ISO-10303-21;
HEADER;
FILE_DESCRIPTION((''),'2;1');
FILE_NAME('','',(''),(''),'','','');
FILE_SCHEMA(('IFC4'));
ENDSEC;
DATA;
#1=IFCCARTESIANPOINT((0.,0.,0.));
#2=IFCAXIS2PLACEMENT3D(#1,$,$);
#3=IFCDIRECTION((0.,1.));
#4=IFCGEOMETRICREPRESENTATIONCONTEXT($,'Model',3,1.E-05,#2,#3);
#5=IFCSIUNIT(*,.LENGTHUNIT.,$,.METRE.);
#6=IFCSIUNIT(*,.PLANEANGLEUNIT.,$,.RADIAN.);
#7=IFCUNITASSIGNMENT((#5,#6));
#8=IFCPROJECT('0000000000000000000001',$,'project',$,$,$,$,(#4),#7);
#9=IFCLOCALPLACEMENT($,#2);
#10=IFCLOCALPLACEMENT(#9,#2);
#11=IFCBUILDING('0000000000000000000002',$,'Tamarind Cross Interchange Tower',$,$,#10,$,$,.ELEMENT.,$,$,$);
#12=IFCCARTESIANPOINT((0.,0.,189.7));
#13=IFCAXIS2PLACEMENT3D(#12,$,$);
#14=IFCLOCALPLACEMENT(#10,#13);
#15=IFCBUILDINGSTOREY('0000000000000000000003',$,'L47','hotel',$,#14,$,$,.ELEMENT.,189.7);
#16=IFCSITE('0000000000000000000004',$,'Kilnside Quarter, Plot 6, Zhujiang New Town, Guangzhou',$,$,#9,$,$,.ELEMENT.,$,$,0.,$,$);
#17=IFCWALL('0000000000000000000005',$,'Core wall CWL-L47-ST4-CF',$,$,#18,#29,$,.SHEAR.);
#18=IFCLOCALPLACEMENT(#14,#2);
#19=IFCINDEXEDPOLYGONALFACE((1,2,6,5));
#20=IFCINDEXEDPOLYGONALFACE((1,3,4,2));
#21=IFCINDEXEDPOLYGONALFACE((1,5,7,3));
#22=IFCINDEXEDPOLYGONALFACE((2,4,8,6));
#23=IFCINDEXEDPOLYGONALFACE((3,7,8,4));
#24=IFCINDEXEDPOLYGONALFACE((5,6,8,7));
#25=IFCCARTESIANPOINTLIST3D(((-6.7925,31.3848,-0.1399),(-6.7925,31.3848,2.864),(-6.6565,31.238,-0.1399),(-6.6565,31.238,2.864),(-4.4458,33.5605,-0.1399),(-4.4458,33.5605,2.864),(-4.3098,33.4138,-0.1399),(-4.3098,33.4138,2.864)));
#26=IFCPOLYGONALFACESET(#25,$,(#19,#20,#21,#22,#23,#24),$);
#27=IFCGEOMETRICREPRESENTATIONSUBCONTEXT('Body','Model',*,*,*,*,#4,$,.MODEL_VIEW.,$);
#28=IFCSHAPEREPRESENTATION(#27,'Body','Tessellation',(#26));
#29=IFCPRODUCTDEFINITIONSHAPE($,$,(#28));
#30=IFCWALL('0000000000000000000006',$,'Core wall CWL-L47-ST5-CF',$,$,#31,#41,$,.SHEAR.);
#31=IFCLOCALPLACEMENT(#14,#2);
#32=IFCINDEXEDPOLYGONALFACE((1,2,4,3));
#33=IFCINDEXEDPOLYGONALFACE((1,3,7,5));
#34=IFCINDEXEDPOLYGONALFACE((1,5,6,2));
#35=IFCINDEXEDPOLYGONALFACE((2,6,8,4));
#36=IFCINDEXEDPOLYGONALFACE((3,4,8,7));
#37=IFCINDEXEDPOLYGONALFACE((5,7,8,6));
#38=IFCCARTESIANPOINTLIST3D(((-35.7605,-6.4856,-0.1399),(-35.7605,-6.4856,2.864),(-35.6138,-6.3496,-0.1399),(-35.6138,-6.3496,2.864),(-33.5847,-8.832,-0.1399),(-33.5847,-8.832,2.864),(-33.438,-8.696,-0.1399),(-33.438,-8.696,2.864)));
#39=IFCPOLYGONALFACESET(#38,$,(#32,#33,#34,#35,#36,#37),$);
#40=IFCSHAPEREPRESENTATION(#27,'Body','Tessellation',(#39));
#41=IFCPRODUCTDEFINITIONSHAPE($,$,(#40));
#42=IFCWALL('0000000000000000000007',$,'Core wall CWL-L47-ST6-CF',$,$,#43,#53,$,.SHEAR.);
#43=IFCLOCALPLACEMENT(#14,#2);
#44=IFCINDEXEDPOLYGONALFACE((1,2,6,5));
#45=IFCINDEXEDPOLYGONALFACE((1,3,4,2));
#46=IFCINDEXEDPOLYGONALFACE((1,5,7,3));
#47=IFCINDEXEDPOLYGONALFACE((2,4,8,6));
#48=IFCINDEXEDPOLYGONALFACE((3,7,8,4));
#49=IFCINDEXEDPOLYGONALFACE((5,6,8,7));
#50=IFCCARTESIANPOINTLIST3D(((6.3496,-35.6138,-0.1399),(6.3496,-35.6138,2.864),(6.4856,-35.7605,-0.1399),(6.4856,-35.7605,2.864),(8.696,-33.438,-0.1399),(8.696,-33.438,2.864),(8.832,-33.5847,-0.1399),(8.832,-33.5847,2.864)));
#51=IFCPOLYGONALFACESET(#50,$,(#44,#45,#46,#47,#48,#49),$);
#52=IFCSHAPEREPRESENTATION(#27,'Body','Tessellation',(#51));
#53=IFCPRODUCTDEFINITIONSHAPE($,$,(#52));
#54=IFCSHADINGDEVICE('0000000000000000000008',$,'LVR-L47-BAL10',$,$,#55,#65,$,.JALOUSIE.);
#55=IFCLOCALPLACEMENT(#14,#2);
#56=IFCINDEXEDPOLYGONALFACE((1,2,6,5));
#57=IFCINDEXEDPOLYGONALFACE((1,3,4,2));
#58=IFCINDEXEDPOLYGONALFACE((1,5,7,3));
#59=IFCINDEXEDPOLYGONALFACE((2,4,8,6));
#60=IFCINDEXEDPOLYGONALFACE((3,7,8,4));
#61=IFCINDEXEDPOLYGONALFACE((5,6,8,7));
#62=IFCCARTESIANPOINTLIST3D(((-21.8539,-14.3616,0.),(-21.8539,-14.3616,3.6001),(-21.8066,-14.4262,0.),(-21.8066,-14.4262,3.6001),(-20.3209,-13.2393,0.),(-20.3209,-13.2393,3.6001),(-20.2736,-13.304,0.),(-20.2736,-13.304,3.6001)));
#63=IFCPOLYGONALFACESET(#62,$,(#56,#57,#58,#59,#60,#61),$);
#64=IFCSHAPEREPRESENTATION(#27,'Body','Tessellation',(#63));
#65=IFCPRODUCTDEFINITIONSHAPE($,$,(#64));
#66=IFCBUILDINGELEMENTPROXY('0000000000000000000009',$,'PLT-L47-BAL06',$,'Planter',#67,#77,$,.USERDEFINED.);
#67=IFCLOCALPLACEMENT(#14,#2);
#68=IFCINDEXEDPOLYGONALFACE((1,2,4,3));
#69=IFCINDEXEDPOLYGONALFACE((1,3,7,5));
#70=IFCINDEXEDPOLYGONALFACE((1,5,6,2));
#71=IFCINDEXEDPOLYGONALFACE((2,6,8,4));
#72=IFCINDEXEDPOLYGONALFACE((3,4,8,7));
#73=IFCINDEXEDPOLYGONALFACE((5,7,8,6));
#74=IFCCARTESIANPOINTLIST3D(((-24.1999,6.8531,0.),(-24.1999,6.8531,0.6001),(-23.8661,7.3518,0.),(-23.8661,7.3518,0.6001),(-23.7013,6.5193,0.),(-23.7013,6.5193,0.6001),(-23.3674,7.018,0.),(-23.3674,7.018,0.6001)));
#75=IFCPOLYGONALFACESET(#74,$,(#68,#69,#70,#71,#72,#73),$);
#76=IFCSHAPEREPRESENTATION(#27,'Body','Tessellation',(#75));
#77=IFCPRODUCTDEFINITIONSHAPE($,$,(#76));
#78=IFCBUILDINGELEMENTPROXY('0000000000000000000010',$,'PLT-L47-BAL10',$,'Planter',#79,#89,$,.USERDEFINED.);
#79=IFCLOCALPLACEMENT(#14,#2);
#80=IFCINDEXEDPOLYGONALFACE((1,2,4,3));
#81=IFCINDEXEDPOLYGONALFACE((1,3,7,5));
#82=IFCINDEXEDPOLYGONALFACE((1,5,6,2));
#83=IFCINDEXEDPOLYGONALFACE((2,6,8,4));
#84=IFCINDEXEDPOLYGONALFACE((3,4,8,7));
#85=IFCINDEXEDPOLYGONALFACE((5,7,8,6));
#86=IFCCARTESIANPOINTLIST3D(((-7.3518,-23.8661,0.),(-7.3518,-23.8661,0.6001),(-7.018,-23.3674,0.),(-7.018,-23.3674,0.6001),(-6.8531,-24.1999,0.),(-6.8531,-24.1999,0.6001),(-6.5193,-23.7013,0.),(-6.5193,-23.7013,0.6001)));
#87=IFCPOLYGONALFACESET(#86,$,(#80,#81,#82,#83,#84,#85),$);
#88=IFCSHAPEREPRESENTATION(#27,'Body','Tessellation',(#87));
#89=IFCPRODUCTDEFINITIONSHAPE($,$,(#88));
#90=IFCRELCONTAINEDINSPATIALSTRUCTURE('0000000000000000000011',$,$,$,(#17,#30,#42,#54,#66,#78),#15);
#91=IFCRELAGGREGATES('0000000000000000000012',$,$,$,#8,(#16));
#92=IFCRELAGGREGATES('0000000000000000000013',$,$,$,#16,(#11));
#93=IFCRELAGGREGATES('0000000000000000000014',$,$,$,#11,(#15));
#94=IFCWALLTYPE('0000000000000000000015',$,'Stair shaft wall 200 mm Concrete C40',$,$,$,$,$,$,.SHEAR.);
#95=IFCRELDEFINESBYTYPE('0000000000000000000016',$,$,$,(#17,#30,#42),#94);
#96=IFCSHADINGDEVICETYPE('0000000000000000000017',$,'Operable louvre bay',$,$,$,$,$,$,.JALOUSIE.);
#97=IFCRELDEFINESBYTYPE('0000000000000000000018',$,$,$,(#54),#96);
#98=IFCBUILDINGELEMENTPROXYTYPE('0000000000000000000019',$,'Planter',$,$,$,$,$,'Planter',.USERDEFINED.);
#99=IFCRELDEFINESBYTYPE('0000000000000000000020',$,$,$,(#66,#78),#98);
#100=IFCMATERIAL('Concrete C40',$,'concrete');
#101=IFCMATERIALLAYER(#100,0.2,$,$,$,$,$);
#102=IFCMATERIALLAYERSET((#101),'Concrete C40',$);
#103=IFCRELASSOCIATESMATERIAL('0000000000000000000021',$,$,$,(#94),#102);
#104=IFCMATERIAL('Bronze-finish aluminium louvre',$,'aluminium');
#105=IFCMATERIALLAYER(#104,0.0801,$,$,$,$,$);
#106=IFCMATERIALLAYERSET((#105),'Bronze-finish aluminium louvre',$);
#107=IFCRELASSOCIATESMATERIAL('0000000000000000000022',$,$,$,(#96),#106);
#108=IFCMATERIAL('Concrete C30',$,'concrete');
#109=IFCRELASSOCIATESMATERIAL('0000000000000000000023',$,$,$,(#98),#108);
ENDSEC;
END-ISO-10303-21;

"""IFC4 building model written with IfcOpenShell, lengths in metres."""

from ifc_helpers import new_model, si_unit, direction, frame, origin, origin_2d, place, context, subcontext, project, spatial, polyline, rectangle, outline, extrude, material, layer, layer_set, type_object, element, save


model = new_model("IFC4")

# Units and contexts
model_context = context("Model", 3, precision=1e-05, world=origin(), true_north=direction((0.0, 1.0)))
body_context = subcontext(model_context, "Body", "Model", "MODEL_VIEW")
ifc_project = project(units=[si_unit("LENGTHUNIT", "METRE"), si_unit("PLANEANGLEUNIT", "RADIAN")], contexts=[model_context])

# Site, building, storey
site_placement = place(None, origin())
site = spatial("IfcSite", under=ifc_project, at=site_placement, Name="Kilnside Quarter, Plot 6, Zhujiang New Town, Guangzhou", CompositionType="ELEMENT", RefElevation=0.0)
building_placement = place(site_placement, origin())
building = spatial("IfcBuilding", under=site, at=building_placement, Name="Tamarind Cross Interchange Tower", CompositionType="ELEMENT")
storey_placement = place(building_placement, frame((0.0, 0.0, 189.7)))
storey = spatial("IfcBuildingStorey", under=building, at=storey_placement, Name="L47", Description="hotel", CompositionType="ELEMENT", Elevation=189.7)

# Shared definitions
ifc_material_1 = material(Name="Concrete C40", Category="concrete")

# Walls
ifc_layer_1 = layer(ifc_material_1, 0.2)
ifc_layer_set_1 = layer_set([ifc_layer_1], Name="Concrete C40")
wall_type_1 = type_object("IfcWallType", Name="Stair shaft wall 200 mm Concrete C40", PredefinedType="SHEAR", material=ifc_layer_set_1)
wall_1_placement = place(storey_placement, frame((0.0, 0.0, -0.1399)))
element("IfcWall", 1, at=wall_1_placement, inside=storey, type_object=wall_type_1, Name="Core wall CWL-L47-ST4-CF", PredefinedType="SHEAR", context=body_context, shape_type="SweptSolid", body=[
    extrude(outline(polyline([(-4.3098, 33.4138), (-4.4458, 33.5605), (-6.7925, 31.3848), (-6.6565, 31.238), (-4.3098, 33.4138)])), origin(), (0.0, 0.0, 1.0), 3.0039),
])
wall_2_placement = place(storey_placement, frame((0.0, 0.0, -0.1399)))
element("IfcWall", 2, at=wall_2_placement, inside=storey, type_object=wall_type_1, Name="Core wall CWL-L47-ST5-CF", PredefinedType="SHEAR", context=body_context, shape_type="SweptSolid", body=[
    extrude(outline(polyline([(-35.6138, -6.3496), (-35.7605, -6.4856), (-33.5847, -8.832), (-33.438, -8.696), (-35.6138, -6.3496)])), origin(), (0.0, 0.0, 1.0), 3.0039),
])
wall_3_placement = place(storey_placement, frame((0.0, 0.0, -0.1399)))
element("IfcWall", 3, at=wall_3_placement, inside=storey, type_object=wall_type_1, Name="Core wall CWL-L47-ST6-CF", PredefinedType="SHEAR", context=body_context, shape_type="SweptSolid", body=[
    extrude(outline(polyline([(6.3496, -35.6138), (6.4856, -35.7605), (8.832, -33.5847), (8.696, -33.438), (6.3496, -35.6138)])), origin(), (0.0, 0.0, 1.0), 3.0039),
])

# Shading device
ifc_material_2 = material(Name="Bronze-finish aluminium louvre", Category="aluminium")
ifc_layer_2 = layer(ifc_material_2, 0.0801)
ifc_layer_set_2 = layer_set([ifc_layer_2], Name="Bronze-finish aluminium louvre")
shading_device_type = type_object("IfcShadingDeviceType", Name="Operable louvre bay", PredefinedType="JALOUSIE", material=ifc_layer_set_2)
shading_device_placement = place(storey_placement, origin())
element("IfcShadingDevice", 4, at=shading_device_placement, inside=storey, type_object=shading_device_type, Name="LVR-L47-BAL10", PredefinedType="JALOUSIE", context=body_context, shape_type="SweptSolid", body=[
    extrude(rectangle(XDim=1.8999, YDim=0.0801, at=origin_2d()), frame((-21.0637, -13.8328, 0.0), z_axis=(0.0, 0.0, 1.0), x_axis=(-0.806903, -0.590684, 0.0)), (0.0, 0.0, 1.0), 3.6001),
])

# Building element proxies
ifc_material_3 = material(Name="Concrete C30", Category="concrete")
building_element_proxy_type = type_object("IfcBuildingElementProxyType", Name="Planter", ElementType="Planter", PredefinedType="USERDEFINED", material=ifc_material_3)
proxy_1_placement = place(storey_placement, origin())
element("IfcBuildingElementProxy", 5, at=proxy_1_placement, inside=storey, type_object=building_element_proxy_type, Name="PLT-L47-BAL06", ObjectType="Planter", PredefinedType="USERDEFINED", context=body_context, shape_type="SweptSolid", body=[
    extrude(rectangle(XDim=0.6001, YDim=0.6001, at=origin_2d()), frame((-23.7837, 6.9355, 0.0), z_axis=(0.0, 0.0, 1.0), x_axis=(-0.556324, -0.830966, 0.0)), (0.0, 0.0, 1.0), 0.6001),
])
proxy_2_placement = place(storey_placement, origin())
element("IfcBuildingElementProxy", 6, at=proxy_2_placement, inside=storey, type_object=building_element_proxy_type, Name="PLT-L47-BAL10", ObjectType="Planter", PredefinedType="USERDEFINED", context=body_context, shape_type="SweptSolid", body=[
    extrude(rectangle(XDim=0.6001, YDim=0.6001, at=origin_2d()), frame((-6.9355, -23.7837, 0.0), z_axis=(0.0, 0.0, 1.0), x_axis=(0.830966, -0.556324, 0.0)), (0.0, 0.0, 1.0), 0.6001),
])

save(model, "model.ifc")
